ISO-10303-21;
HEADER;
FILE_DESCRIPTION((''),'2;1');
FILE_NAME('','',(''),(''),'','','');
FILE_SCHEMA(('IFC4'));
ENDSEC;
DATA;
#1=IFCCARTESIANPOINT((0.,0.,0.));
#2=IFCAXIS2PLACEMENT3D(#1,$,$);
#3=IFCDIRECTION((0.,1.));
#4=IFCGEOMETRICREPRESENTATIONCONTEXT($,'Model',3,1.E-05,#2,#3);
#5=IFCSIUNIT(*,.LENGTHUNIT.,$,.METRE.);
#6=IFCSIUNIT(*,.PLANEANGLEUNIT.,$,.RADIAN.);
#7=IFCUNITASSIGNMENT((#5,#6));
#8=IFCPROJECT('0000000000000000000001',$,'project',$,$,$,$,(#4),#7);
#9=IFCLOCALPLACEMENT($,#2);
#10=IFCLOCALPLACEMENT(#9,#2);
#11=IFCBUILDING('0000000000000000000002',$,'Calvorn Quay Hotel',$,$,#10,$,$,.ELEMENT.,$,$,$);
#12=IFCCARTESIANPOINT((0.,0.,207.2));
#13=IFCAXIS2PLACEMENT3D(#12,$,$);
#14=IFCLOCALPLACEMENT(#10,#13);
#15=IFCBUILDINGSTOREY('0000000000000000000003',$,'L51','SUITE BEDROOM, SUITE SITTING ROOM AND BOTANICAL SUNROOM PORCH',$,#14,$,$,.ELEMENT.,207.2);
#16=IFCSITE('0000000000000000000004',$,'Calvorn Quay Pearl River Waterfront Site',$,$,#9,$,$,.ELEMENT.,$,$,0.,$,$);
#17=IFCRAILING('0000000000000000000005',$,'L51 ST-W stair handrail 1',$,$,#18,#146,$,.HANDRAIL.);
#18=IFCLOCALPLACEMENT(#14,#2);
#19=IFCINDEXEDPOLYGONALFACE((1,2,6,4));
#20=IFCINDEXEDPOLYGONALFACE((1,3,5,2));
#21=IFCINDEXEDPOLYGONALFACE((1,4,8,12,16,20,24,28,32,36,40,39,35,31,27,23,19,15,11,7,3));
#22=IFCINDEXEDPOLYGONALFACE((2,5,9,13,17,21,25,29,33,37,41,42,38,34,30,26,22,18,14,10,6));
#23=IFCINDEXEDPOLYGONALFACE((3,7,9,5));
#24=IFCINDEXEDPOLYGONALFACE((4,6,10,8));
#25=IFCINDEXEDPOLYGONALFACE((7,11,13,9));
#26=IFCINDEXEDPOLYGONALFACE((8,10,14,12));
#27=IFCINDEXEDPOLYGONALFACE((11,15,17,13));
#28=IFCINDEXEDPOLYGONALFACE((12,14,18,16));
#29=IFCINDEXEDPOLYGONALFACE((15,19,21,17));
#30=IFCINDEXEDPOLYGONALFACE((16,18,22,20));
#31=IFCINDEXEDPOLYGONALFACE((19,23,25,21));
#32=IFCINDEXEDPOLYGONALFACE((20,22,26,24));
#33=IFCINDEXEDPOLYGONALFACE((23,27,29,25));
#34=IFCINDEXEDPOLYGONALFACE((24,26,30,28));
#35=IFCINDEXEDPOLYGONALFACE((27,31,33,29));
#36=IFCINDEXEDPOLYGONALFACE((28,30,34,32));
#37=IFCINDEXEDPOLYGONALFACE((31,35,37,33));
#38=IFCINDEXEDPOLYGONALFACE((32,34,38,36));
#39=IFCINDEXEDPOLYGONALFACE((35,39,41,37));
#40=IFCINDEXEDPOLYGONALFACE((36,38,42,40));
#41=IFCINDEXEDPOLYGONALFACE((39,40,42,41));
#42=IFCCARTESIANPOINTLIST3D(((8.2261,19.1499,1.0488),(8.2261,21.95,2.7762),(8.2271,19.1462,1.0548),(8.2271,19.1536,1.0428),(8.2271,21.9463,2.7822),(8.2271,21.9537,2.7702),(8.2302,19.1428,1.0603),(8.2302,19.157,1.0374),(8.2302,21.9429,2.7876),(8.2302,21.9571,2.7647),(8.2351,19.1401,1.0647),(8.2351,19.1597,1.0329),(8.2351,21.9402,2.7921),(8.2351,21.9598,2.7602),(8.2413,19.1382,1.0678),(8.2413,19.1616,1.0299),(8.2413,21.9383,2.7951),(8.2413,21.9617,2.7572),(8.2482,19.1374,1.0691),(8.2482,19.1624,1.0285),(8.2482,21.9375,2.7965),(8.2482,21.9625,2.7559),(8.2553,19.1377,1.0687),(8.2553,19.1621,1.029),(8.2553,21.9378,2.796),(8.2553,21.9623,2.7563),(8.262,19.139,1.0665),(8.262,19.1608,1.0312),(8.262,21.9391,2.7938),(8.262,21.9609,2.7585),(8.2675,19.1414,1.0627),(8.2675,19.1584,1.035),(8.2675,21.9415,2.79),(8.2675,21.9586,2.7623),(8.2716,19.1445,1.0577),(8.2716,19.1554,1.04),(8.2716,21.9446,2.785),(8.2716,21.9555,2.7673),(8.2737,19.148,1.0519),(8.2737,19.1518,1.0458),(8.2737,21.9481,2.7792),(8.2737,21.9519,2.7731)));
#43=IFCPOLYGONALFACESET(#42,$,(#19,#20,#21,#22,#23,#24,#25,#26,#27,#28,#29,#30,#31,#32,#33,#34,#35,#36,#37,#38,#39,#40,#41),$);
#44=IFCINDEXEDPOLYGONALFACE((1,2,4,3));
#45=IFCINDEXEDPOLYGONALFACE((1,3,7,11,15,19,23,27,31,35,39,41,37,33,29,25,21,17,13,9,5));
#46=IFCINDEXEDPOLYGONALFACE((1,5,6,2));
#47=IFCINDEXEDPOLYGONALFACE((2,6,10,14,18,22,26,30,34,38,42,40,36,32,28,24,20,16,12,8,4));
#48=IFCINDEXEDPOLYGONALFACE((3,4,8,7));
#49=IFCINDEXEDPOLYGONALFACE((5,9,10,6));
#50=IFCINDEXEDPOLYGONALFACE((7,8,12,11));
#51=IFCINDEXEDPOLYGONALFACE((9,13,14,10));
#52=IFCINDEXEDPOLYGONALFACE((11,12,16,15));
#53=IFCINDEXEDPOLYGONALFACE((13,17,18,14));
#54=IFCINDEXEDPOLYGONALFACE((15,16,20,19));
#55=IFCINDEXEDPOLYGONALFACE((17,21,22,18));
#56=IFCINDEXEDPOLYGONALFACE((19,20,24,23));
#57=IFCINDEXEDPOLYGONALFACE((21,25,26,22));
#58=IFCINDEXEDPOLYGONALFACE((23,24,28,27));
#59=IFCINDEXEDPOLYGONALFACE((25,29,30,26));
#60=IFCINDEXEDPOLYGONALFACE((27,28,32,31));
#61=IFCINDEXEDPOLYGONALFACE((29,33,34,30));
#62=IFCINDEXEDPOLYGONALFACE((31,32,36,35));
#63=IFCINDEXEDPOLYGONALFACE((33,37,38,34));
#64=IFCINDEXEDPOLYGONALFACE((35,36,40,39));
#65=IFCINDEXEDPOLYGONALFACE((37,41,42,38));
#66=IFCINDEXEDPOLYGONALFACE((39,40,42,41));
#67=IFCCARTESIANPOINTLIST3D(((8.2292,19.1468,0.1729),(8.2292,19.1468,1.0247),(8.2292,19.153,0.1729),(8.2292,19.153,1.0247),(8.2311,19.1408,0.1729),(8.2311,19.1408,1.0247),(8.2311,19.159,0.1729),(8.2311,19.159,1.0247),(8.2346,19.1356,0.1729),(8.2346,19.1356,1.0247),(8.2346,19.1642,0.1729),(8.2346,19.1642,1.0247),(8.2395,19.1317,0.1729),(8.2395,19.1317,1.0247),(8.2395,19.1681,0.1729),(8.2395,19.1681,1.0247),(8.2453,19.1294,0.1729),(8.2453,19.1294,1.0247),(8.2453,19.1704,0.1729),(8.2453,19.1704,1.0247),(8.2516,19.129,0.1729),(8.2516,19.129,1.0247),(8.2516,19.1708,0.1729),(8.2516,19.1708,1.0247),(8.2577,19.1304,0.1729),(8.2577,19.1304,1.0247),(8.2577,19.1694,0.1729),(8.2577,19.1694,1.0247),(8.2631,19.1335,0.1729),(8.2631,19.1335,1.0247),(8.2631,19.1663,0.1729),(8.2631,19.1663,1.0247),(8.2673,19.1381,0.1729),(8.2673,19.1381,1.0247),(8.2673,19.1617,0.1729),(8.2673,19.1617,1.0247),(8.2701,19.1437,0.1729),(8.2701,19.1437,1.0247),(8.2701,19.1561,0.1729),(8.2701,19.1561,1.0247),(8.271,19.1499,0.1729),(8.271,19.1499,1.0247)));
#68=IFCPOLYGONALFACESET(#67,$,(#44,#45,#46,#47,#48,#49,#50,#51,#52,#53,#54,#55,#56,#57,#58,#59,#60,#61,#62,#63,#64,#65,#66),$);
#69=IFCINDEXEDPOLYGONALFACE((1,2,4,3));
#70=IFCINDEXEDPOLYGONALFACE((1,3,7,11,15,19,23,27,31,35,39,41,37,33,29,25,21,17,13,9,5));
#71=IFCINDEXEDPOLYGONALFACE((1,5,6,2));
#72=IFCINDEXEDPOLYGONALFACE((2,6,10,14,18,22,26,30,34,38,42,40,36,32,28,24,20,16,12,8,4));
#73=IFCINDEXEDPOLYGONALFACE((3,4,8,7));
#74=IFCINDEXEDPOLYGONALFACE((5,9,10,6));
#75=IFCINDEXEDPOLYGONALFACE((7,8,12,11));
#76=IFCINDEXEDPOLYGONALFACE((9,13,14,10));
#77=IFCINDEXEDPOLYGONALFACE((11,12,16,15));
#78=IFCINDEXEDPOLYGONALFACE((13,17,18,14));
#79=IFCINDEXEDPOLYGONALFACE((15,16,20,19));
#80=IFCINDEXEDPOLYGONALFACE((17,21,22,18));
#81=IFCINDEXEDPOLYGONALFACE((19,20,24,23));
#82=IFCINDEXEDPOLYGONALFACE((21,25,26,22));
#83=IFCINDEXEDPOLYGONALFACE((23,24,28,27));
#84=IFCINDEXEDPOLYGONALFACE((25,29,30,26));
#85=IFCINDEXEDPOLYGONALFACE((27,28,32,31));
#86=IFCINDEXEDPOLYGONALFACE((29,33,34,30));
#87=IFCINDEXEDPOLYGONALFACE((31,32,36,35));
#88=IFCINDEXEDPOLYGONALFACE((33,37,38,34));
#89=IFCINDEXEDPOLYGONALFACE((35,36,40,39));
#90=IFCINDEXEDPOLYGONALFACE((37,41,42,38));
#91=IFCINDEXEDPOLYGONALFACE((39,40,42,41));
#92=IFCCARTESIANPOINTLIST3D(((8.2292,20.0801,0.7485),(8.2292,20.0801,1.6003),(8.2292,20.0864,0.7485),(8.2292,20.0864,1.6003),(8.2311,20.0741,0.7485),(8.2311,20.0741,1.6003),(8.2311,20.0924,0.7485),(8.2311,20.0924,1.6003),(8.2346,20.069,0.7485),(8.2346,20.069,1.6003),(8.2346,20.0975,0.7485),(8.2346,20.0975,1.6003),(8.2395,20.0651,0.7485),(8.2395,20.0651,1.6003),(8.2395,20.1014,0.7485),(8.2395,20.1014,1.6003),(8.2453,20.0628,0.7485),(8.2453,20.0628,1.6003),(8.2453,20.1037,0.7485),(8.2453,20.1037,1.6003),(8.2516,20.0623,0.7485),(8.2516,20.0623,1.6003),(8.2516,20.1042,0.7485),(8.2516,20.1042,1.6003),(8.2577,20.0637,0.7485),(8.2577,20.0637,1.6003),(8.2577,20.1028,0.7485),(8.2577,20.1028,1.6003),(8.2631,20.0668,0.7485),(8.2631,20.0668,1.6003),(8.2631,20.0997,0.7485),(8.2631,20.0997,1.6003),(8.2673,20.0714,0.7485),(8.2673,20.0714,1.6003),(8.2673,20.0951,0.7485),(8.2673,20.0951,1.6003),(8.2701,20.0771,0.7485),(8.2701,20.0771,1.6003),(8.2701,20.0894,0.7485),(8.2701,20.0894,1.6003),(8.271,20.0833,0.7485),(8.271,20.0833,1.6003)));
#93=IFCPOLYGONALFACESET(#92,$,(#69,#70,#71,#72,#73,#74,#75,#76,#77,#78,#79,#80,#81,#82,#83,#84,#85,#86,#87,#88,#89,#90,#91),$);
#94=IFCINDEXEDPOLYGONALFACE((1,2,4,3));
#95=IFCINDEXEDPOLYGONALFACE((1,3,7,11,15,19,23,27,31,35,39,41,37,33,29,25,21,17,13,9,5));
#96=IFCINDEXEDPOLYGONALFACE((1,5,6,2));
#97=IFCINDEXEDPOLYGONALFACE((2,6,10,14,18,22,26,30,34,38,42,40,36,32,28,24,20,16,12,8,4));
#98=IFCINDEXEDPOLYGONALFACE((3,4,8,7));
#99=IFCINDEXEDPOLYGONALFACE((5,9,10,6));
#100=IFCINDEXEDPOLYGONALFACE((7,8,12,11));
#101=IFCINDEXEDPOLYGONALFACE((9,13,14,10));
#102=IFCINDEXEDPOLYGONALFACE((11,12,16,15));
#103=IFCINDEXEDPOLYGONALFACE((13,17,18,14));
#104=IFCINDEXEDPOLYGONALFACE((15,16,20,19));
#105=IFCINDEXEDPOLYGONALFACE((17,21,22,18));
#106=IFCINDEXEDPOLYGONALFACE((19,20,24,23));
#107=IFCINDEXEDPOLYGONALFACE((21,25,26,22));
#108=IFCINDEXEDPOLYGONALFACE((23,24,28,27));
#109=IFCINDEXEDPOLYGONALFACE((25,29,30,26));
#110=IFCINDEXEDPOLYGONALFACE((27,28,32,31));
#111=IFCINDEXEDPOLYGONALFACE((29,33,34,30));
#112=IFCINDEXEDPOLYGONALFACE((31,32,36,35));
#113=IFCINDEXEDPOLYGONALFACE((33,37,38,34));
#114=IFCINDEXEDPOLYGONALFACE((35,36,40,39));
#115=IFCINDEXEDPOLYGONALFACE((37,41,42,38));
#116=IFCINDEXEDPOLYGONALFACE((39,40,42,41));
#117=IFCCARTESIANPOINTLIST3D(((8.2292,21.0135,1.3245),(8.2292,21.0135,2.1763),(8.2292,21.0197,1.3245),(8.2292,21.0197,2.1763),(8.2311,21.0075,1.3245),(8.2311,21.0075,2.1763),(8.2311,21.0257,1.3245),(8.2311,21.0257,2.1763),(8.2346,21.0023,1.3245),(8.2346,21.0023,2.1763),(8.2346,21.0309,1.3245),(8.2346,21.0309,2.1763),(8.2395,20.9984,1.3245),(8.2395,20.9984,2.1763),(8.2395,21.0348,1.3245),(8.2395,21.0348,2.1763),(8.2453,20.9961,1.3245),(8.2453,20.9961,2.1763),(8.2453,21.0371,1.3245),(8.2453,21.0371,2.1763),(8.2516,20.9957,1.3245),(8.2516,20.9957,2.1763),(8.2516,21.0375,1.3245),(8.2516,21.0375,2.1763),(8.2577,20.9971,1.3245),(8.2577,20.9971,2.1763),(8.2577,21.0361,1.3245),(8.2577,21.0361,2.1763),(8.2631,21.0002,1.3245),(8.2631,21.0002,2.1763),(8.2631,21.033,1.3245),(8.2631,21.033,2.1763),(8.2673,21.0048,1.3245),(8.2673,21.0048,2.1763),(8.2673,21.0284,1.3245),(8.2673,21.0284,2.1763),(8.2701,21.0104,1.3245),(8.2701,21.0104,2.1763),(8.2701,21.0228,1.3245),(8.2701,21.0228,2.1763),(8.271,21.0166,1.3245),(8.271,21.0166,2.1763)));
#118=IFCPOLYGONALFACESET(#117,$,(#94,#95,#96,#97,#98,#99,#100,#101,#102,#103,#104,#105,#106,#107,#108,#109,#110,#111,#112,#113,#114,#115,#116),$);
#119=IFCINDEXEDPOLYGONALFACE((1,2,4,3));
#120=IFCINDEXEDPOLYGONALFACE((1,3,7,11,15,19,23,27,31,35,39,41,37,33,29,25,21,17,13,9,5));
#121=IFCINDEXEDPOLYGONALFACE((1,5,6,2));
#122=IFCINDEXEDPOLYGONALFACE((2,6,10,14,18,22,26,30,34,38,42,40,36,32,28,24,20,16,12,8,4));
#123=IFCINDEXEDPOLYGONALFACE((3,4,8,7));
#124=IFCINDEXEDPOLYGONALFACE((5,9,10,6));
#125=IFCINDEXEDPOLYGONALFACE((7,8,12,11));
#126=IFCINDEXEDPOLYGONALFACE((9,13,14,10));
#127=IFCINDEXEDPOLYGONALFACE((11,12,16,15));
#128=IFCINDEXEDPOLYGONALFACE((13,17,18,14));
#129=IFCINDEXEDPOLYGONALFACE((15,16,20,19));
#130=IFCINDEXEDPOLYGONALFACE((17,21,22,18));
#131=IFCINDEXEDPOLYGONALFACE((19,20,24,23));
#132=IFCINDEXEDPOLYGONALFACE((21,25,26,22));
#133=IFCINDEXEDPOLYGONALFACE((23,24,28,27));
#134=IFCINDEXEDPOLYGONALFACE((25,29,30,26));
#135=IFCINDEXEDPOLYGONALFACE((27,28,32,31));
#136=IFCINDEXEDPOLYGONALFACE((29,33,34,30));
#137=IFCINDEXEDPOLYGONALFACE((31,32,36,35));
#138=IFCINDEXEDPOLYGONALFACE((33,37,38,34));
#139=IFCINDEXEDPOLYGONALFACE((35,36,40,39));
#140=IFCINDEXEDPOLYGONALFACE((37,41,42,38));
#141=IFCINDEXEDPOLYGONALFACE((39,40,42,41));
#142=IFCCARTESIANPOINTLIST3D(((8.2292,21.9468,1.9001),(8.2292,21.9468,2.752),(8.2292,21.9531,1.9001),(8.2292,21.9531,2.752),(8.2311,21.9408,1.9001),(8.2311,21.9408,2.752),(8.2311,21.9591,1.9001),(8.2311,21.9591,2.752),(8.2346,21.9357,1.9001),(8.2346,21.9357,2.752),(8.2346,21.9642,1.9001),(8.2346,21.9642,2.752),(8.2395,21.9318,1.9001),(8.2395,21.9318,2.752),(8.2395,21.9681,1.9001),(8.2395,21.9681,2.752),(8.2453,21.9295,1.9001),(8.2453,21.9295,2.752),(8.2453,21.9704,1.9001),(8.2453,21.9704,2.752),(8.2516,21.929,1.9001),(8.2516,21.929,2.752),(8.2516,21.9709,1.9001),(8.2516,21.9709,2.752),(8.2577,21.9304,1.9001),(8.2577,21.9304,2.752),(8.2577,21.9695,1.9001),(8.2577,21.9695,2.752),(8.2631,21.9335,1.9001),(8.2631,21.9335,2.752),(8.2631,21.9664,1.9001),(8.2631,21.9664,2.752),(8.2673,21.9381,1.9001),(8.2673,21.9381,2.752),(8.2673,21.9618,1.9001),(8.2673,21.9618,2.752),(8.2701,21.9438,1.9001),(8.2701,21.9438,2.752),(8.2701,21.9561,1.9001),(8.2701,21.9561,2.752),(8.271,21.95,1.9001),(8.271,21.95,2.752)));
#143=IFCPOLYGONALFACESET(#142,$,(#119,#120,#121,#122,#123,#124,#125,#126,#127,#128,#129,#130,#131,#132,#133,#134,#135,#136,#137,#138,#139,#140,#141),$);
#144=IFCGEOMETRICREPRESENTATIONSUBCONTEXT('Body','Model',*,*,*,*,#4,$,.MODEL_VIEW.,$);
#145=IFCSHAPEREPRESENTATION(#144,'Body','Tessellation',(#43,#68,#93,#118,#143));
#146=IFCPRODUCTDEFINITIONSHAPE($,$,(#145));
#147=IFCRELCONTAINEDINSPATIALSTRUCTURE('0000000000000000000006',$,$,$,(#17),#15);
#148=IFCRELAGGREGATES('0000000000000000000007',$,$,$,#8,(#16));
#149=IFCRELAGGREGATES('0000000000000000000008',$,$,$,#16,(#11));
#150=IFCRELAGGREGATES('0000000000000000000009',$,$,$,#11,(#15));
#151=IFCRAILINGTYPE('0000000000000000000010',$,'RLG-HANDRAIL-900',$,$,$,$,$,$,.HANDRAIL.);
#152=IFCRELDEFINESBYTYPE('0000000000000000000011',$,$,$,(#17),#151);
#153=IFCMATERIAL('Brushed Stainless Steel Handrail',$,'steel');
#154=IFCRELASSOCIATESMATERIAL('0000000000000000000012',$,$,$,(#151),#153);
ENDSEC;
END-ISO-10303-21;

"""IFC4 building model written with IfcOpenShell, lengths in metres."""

from ifc_helpers import new_model, si_unit, direction, frame, origin, origin_2d, place, context, subcontext, project, spatial, circle, extrude, material, type_object, element, save


model = new_model("IFC4")

# Units and contexts
model_context = context("Model", 3, precision=1e-05, world=origin(), true_north=direction((0.0, 1.0)))
body_context = subcontext(model_context, "Body", "Model", "MODEL_VIEW")
ifc_project = project(units=[si_unit("LENGTHUNIT", "METRE"), si_unit("PLANEANGLEUNIT", "RADIAN")], contexts=[model_context])

# Site, building, storey
site_placement = place(None, origin())
site = spatial("IfcSite", under=ifc_project, at=site_placement, Name="Calvorn Quay Pearl River Waterfront Site", CompositionType="ELEMENT", RefElevation=0.0)
building_placement = place(site_placement, origin())
building = spatial("IfcBuilding", under=site, at=building_placement, Name="Calvorn Quay Hotel", CompositionType="ELEMENT")
storey_placement = place(building_placement, frame((0.0, 0.0, 207.2)))
storey = spatial("IfcBuildingStorey", under=building, at=storey_placement, Name="L51", Description="SUITE BEDROOM, SUITE SITTING ROOM AND BOTANICAL SUNROOM PORCH", CompositionType="ELEMENT", Elevation=207.2)

# Railing
ifc_material_1 = material(Name="Brushed Stainless Steel Handrail", Category="steel")
railing_type_1 = type_object("IfcRailingType", Name="RLG-HANDRAIL-900", PredefinedType="HANDRAIL", material=ifc_material_1)
railing_1_placement = place(storey_placement, frame((8.25, 19.1499, 0.1729)))
element("IfcRailing", 1, at=railing_1_placement, inside=storey, type_object=railing_type_1, Name="L51 ST-W stair handrail 1", PredefinedType="HANDRAIL", context=body_context, shape_type="SweptSolid", body=[
    extrude(circle(Radius=0.0239, at=origin_2d()), frame((0.0, 0.0, 0.876), z_axis=(0.0, 0.85109, 0.52502), x_axis=(-1.0, 0.0, 0.0)), (0.0, 0.0, 1.0), 3.29),
    extrude(circle(Radius=0.021, at=origin_2d()), origin(), (0.0, 0.0, 1.0), 0.8518),
    extrude(circle(Radius=0.021, at=origin_2d()), frame((0.0, 0.9333, 0.5757)), (0.0, 0.0, 1.0), 0.8518),
    extrude(circle(Radius=0.021, at=origin_2d()), frame((0.0, 1.8667, 1.1516)), (0.0, 0.0, 1.0), 0.8518),
    extrude(circle(Radius=0.021, at=origin_2d()), frame((0.0, 2.8, 1.7273)), (0.0, 0.0, 1.0), 0.8518),
])

save(model, "model.ifc")
